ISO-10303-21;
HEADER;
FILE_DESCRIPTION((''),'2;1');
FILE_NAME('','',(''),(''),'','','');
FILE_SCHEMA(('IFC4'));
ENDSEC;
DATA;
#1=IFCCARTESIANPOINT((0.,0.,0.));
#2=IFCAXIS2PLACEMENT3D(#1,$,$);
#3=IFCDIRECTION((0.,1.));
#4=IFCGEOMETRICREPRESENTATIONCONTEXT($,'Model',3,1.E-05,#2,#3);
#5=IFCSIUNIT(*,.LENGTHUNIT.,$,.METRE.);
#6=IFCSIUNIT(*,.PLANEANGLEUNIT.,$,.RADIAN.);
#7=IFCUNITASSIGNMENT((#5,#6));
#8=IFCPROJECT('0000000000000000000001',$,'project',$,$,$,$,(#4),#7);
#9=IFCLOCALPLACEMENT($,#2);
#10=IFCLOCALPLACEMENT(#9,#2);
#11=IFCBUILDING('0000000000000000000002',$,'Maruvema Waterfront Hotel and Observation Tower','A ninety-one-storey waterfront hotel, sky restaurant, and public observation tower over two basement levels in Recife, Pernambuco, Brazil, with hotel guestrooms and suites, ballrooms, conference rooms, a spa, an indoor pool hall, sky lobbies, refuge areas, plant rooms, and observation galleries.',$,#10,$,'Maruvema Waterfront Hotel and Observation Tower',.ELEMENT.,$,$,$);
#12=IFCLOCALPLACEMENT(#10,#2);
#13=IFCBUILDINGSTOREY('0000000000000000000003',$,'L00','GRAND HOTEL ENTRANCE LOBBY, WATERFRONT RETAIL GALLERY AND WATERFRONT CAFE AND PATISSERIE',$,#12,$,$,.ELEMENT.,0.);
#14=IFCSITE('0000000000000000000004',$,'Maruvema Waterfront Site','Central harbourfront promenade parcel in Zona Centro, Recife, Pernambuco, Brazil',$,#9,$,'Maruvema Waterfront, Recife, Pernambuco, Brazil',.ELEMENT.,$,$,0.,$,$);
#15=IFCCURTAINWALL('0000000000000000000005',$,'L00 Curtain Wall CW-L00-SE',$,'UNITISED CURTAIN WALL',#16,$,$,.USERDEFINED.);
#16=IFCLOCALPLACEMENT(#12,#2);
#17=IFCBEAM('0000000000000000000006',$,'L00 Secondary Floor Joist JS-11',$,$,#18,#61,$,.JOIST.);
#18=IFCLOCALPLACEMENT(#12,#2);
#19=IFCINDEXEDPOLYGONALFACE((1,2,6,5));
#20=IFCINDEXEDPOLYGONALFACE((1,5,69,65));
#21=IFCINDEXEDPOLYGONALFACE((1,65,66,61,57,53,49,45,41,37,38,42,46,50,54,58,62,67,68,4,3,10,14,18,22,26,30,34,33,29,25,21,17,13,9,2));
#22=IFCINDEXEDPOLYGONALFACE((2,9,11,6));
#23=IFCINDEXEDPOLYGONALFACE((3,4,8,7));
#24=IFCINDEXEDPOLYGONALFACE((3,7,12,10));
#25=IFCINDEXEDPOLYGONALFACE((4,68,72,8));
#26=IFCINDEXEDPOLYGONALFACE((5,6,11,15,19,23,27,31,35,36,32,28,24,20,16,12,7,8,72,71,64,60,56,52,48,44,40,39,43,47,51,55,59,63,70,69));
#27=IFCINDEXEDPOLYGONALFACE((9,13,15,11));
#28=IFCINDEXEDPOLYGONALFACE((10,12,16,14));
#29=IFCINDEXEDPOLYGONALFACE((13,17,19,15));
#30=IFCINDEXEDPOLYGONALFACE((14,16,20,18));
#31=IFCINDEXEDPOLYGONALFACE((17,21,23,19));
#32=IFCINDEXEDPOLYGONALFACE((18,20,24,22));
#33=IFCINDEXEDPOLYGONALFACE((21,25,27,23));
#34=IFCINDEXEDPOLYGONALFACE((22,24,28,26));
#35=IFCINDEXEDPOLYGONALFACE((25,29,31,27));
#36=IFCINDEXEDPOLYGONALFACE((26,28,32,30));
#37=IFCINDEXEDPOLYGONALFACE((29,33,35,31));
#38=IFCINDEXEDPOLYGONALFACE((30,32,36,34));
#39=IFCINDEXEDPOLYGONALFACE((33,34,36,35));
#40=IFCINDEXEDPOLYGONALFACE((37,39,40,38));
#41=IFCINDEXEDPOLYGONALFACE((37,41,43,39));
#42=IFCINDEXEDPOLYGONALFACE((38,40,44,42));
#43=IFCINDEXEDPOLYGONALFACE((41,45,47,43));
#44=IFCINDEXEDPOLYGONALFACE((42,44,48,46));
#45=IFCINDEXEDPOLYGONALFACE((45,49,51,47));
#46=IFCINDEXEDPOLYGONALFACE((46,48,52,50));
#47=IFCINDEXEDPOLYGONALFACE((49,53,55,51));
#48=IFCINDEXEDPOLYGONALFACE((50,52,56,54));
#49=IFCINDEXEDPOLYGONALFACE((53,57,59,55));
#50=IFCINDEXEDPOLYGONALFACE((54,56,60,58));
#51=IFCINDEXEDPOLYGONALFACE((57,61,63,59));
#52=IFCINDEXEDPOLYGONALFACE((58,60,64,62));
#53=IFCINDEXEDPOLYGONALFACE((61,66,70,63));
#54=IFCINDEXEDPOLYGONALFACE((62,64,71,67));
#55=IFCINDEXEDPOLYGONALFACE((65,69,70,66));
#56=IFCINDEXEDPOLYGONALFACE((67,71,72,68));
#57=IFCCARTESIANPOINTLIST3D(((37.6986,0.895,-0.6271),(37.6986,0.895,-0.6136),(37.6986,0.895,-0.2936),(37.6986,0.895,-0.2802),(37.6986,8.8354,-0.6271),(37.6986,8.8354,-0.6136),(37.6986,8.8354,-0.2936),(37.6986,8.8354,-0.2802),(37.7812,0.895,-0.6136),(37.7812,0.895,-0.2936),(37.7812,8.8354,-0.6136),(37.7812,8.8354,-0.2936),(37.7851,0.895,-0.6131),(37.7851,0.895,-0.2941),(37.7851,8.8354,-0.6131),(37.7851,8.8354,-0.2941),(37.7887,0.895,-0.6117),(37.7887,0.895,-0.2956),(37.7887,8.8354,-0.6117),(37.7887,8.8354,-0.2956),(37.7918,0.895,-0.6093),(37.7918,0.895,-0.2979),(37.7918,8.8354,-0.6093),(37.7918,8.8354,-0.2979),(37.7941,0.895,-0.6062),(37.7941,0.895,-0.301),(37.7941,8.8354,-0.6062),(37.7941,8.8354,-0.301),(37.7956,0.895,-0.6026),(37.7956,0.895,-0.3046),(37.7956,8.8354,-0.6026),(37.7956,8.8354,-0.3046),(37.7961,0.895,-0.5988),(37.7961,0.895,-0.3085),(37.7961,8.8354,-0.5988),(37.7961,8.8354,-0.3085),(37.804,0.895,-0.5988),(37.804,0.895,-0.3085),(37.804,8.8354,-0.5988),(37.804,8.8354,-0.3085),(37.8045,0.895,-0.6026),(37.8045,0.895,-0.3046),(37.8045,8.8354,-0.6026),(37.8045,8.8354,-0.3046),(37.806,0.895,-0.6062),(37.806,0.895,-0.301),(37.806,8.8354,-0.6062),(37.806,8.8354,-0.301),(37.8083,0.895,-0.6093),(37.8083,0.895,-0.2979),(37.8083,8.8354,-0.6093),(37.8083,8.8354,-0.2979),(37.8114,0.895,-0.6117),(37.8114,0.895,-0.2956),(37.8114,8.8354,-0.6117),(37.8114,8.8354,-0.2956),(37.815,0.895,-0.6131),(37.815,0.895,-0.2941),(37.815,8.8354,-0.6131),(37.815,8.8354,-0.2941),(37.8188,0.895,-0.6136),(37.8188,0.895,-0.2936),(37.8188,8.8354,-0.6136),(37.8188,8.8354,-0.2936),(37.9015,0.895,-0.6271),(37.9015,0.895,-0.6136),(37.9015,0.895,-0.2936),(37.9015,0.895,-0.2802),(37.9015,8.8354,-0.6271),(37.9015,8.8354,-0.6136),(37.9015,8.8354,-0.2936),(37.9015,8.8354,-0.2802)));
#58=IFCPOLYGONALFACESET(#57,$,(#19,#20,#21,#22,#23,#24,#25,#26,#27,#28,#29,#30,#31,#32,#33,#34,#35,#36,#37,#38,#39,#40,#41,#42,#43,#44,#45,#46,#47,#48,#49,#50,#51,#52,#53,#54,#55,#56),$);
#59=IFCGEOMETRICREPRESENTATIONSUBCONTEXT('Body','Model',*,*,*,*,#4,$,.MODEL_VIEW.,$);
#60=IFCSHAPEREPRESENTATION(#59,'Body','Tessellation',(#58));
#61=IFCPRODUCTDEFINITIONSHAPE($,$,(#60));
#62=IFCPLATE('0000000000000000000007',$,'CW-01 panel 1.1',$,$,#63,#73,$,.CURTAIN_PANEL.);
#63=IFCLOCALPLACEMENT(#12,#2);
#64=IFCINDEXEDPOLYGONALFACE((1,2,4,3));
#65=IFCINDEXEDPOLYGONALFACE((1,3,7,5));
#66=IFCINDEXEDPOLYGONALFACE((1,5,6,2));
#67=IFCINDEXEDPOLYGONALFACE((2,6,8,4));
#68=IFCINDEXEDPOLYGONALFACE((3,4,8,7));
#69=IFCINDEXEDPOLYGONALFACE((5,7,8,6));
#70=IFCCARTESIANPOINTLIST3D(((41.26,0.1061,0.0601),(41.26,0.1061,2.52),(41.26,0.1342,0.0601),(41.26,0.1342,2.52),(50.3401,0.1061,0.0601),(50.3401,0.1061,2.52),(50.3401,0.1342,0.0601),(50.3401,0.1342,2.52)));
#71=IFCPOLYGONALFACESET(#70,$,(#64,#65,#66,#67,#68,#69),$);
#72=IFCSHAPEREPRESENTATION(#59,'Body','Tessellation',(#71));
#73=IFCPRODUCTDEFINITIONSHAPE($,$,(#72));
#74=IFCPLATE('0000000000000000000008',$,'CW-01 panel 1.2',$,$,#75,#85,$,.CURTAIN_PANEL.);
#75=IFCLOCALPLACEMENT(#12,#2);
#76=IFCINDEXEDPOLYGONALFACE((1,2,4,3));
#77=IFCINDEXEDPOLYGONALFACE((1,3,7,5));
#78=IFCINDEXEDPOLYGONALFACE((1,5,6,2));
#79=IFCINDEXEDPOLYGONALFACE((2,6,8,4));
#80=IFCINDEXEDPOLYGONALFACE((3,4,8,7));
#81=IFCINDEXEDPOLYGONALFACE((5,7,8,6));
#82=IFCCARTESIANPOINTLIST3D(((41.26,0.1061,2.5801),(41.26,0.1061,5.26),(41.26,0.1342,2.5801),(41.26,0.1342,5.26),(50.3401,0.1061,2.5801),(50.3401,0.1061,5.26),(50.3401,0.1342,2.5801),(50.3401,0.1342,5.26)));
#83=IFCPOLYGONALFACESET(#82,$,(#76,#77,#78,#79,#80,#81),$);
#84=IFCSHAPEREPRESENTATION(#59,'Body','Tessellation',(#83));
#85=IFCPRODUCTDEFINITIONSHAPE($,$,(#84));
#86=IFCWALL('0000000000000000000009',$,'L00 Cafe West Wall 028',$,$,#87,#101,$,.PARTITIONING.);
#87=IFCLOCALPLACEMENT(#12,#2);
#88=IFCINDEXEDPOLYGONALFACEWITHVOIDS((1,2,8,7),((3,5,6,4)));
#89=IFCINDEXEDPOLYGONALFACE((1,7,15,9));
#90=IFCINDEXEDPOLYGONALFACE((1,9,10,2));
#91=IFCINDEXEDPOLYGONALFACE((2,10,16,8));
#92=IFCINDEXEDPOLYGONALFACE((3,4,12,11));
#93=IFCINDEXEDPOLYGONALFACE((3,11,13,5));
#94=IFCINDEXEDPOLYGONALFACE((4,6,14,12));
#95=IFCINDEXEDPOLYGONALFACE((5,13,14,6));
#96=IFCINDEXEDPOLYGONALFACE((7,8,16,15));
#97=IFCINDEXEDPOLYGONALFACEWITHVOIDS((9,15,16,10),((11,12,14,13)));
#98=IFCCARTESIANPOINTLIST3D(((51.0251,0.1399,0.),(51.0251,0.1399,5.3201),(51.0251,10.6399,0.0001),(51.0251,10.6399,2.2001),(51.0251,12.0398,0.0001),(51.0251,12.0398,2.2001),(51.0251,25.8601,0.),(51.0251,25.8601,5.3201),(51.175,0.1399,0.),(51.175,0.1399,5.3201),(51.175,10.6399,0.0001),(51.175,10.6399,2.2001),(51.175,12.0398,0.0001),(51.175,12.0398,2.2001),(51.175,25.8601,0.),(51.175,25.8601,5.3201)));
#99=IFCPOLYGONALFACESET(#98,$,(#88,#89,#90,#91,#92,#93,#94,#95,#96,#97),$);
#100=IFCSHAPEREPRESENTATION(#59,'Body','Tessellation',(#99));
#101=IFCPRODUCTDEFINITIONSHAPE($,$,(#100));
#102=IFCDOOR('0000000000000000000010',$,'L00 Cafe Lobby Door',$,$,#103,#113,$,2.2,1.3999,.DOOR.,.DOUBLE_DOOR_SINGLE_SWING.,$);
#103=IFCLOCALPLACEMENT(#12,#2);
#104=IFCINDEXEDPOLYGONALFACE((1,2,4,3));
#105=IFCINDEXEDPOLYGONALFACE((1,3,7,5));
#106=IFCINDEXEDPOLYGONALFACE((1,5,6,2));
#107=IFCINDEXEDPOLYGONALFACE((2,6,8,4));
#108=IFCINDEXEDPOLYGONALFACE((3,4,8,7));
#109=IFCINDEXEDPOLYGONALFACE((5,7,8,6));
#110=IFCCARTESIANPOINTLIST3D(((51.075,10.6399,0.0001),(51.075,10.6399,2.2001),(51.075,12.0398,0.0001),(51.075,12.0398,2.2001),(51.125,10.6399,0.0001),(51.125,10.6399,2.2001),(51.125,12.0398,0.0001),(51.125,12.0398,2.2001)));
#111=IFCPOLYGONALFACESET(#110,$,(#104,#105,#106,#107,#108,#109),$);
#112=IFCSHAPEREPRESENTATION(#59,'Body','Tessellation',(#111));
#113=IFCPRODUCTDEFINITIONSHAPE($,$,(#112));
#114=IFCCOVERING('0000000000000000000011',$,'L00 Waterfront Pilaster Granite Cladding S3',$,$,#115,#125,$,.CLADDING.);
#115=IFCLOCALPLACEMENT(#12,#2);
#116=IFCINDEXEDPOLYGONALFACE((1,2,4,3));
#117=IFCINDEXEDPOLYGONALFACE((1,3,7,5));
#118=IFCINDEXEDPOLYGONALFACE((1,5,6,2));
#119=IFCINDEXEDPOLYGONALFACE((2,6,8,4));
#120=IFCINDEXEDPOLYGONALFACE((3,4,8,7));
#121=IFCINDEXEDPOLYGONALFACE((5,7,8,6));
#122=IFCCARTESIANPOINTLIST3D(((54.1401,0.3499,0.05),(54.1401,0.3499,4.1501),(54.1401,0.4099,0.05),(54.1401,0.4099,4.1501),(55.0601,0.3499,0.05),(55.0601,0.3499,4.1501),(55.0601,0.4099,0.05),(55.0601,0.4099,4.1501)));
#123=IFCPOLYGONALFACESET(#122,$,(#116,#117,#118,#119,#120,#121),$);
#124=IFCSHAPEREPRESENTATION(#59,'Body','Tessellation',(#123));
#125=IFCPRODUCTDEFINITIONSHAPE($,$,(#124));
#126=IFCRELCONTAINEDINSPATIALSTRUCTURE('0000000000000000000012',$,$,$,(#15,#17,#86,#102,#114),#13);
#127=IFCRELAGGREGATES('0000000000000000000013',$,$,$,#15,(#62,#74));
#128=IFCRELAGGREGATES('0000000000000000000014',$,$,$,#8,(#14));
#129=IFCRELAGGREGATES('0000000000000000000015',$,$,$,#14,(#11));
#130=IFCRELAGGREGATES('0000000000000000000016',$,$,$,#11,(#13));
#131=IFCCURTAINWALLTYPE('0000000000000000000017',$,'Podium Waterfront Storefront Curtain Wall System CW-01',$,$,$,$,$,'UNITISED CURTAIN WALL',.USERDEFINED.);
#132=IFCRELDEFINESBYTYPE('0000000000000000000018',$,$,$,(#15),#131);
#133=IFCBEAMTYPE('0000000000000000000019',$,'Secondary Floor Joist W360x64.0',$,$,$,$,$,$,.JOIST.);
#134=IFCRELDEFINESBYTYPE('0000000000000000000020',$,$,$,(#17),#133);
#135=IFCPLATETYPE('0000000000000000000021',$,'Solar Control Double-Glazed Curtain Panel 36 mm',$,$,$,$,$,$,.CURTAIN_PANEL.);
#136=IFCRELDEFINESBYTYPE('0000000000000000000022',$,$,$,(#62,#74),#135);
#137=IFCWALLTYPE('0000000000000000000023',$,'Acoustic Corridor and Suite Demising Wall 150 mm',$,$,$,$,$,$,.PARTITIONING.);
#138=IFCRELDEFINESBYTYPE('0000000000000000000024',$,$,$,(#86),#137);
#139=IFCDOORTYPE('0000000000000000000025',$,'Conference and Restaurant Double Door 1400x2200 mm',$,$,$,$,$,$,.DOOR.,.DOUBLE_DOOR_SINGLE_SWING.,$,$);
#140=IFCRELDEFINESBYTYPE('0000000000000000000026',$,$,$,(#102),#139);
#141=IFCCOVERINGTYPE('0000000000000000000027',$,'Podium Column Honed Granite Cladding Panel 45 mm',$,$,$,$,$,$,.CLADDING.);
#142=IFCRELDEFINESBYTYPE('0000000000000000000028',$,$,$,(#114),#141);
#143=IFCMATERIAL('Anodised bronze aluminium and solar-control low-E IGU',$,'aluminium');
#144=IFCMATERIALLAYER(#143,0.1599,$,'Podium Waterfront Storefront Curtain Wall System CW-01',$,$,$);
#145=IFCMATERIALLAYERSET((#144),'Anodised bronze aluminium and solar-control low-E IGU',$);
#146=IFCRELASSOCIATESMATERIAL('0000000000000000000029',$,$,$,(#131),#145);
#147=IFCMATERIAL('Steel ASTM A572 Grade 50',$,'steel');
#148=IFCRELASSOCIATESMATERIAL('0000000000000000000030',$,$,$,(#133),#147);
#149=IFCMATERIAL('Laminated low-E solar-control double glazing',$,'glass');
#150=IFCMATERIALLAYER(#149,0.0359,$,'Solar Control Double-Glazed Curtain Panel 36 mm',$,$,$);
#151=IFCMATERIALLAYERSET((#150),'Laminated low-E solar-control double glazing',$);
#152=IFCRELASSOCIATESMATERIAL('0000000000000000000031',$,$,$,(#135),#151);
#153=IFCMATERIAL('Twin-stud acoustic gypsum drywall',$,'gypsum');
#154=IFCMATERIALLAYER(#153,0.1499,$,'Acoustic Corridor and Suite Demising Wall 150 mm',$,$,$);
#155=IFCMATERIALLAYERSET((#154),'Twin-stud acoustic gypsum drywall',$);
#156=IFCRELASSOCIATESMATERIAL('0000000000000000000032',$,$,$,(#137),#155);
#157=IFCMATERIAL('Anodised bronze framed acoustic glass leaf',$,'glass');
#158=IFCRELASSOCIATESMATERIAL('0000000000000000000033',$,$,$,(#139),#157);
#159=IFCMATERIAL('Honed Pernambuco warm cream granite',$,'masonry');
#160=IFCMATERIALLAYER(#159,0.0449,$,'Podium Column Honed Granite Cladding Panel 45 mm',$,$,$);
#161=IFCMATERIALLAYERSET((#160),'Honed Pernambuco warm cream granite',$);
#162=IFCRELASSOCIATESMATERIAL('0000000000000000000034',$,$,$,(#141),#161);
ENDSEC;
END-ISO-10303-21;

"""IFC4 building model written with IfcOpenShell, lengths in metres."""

from ifc_helpers import new_model, si_unit, direction, frame, frame_2d, origin, origin_2d, place, context, subcontext, project, spatial, rectangle, i_section, extrude, material, layer, layer_set, material_profile, profile_set, type_object, element, fill, aggregate, save


model = new_model("IFC4")

# Units and contexts
model_context = context("Model", 3, precision=1e-05, world=origin(), true_north=direction((0.0, 1.0)))
body_context = subcontext(model_context, "Body", "Model", "MODEL_VIEW")
ifc_project = project(units=[si_unit("LENGTHUNIT", "METRE"), si_unit("PLANEANGLEUNIT", "RADIAN")], contexts=[model_context])

# Site, building, storey
site_placement = place(None, origin())
site = spatial("IfcSite", under=ifc_project, at=site_placement, Name="Maruvema Waterfront Site", Description="Central harbourfront promenade parcel in Zona Centro, Recife, Pernambuco, Brazil", LongName="Maruvema Waterfront, Recife, Pernambuco, Brazil", CompositionType="ELEMENT", RefElevation=0.0)
building_placement = place(site_placement, origin())
building = spatial("IfcBuilding", under=site, at=building_placement, Name="Maruvema Waterfront Hotel and Observation Tower", Description="A ninety-one-storey waterfront hotel, sky restaurant, and public observation tower over two basement levels in Recife, Pernambuco, Brazil, with hotel guestrooms and suites, ballrooms, conference rooms, a spa, an indoor pool hall, sky lobbies, refuge areas, plant rooms, and observation galleries.", LongName="Maruvema Waterfront Hotel and Observation Tower", CompositionType="ELEMENT")
storey_placement = place(building_placement, origin())
storey = spatial("IfcBuildingStorey", under=building, at=storey_placement, Name="L00", Description="GRAND HOTEL ENTRANCE LOBBY, WATERFRONT RETAIL GALLERY AND WATERFRONT CAFE AND PATISSERIE", CompositionType="ELEMENT", Elevation=0.0)

# Curtain wall
ifc_material_1 = material(Name="Anodised bronze aluminium and solar-control low-E IGU", Category="aluminium")
ifc_layer_1 = layer(ifc_material_1, 0.1599, Name="Podium Waterfront Storefront Curtain Wall System CW-01")
ifc_layer_set_1 = layer_set([ifc_layer_1], Name="Anodised bronze aluminium and solar-control low-E IGU")
curtain_wall_type = type_object("IfcCurtainWallType", Name="Podium Waterfront Storefront Curtain Wall System CW-01", ElementType="UNITISED CURTAIN WALL", PredefinedType="USERDEFINED", material=ifc_layer_set_1)
curtain_wall_placement = place(storey_placement, origin())
curtain_wall = element("IfcCurtainWall", 1, at=curtain_wall_placement, inside=storey, type_object=curtain_wall_type, Name="L00 Curtain Wall CW-L00-SE", ObjectType="UNITISED CURTAIN WALL", PredefinedType="USERDEFINED")

# Beam
ifc_material_2 = material(Name="Steel ASTM A572 Grade 50", Category="steel")
ifc_material_profile_1 = material_profile(ifc_material_2, i_section(OverallWidth=0.2029, OverallDepth=0.3469, WebThickness=0.0078, FlangeThickness=0.0134, FilletRadius=0.0149, at=origin_2d()), Name="W360x64.0")
ifc_profile_set_1 = profile_set([ifc_material_profile_1], Name="Steel ASTM A572 Grade 50")
beam_type_1 = type_object("IfcBeamType", Name="Secondary Floor Joist W360x64.0", PredefinedType="JOIST", material=ifc_profile_set_1)
beam_1_placement = place(storey_placement, frame((37.8, 0.895, -0.4536), z_axis=(0.0, 1.0, 0.0), x_axis=(-1.0, 0.0, 0.0)))
element("IfcBeam", 2, at=beam_1_placement, inside=storey, type_object=beam_type_1, Name="L00 Secondary Floor Joist JS-11", PredefinedType="JOIST", context=body_context, shape_type="SweptSolid", body=[
    extrude(i_section(OverallWidth=0.2029, OverallDepth=0.3469, WebThickness=0.0078, FlangeThickness=0.0134, FilletRadius=0.0149, at=origin_2d()), origin(), (0.0, 0.0, 1.0), 7.9404),
])

# Plates
ifc_material_3 = material(Name="Laminated low-E solar-control double glazing", Category="glass")
ifc_layer_2 = layer(ifc_material_3, 0.0359, Name="Solar Control Double-Glazed Curtain Panel 36 mm")
ifc_layer_set_2 = layer_set([ifc_layer_2], Name="Laminated low-E solar-control double glazing")
plate_type = type_object("IfcPlateType", Name="Solar Control Double-Glazed Curtain Panel 36 mm", PredefinedType="CURTAIN_PANEL", material=ifc_layer_set_2)
plate_1_placement = place(storey_placement, frame((45.8, 0.1201, 0.0601), z_axis=(0.0, 0.0, 1.0), x_axis=(1.0, 0.0, 0.0)))
plate_1 = element("IfcPlate", 3, at=plate_1_placement, type_object=plate_type, Name="CW-01 panel 1.1", PredefinedType="CURTAIN_PANEL", context=body_context, shape_type="SweptSolid", body=[
    extrude(rectangle(XDim=9.0801, YDim=0.0281, at=origin_2d()), origin(), (0.0, 0.0, 1.0), 2.46),
])
plate_2_placement = place(storey_placement, frame((45.8, 0.1201, 2.5801), z_axis=(0.0, 0.0, 1.0), x_axis=(1.0, 0.0, 0.0)))
plate_2 = element("IfcPlate", 4, at=plate_2_placement, type_object=plate_type, Name="CW-01 panel 1.2", PredefinedType="CURTAIN_PANEL", context=body_context, shape_type="SweptSolid", body=[
    extrude(rectangle(XDim=9.0801, YDim=0.0281, at=origin_2d()), origin(), (0.0, 0.0, 1.0), 2.6799),
])
aggregate(curtain_wall, [plate_1, plate_2])

# Wall, opening, door
ifc_material_4 = material(Name="Twin-stud acoustic gypsum drywall", Category="gypsum")
ifc_layer_3 = layer(ifc_material_4, 0.1499, Name="Acoustic Corridor and Suite Demising Wall 150 mm")
ifc_layer_set_3 = layer_set([ifc_layer_3], Name="Twin-stud acoustic gypsum drywall")
wall_type_1 = type_object("IfcWallType", Name="Acoustic Corridor and Suite Demising Wall 150 mm", PredefinedType="PARTITIONING", material=ifc_layer_set_3)
wall_1_placement = place(storey_placement, frame((51.1001, 0.1399, 0.0), z_axis=(0.0, 0.0, 1.0), x_axis=(0.0, 1.0, 0.0)))
wall_1 = element("IfcWall", 5, at=wall_1_placement, inside=storey, type_object=wall_type_1, Name="L00 Cafe West Wall 028", PredefinedType="PARTITIONING", context=body_context, shape_type="SweptSolid", body=[
    extrude(rectangle(XDim=25.7202, YDim=0.1499, at=frame_2d((12.8601, 0.0))), origin(), (0.0, 0.0, 1.0), 5.3201),
])
opening_1_placement = place(wall_1_placement, frame((10.5, 0.0, 0.0)))
opening_1 = element("IfcOpeningElement", 6, at=opening_1_placement, cuts=wall_1, PredefinedType="OPENING", context=body_context, shape_type="SweptSolid", body=[
    extrude(rectangle(XDim=1.3999, YDim=2.2, at=frame_2d((0.7, 1.1001))), frame((0.0, 0.085, 0.0), z_axis=(0.0, -1.0, 0.0), x_axis=(1.0, 0.0, 0.0)), (0.0, 0.0, 1.0), 0.1699),
])
ifc_material_5 = material(Name="Anodised bronze framed acoustic glass leaf", Category="glass")
door_type_1 = type_object("IfcDoorType", Name="Conference and Restaurant Double Door 1400x2200 mm", OperationType="DOUBLE_DOOR_SINGLE_SWING", PredefinedType="DOOR", material=ifc_material_5)
door_1_placement = place(opening_1_placement, frame((1.3999, 0.0, 0.0), z_axis=(0.0, 0.0, 1.0), x_axis=(-1.0, 0.0, 0.0)))
door_1 = element("IfcDoor", 7, at=door_1_placement, inside=storey, type_object=door_type_1, Name="L00 Cafe Lobby Door", OperationType="DOUBLE_DOOR_SINGLE_SWING", OverallHeight=2.2, OverallWidth=1.3999, PredefinedType="DOOR", context=body_context, shape_type="SweptSolid", body=[
    extrude(rectangle(XDim=1.3999, YDim=2.2, at=frame_2d((0.7, 1.1001))), frame((0.0, 0.0249, 0.0), z_axis=(0.0, -1.0, 0.0), x_axis=(1.0, 0.0, 0.0)), (0.0, 0.0, 1.0), 0.05),
])
fill(opening_1, door_1)

# Covering
ifc_material_6 = material(Name="Honed Pernambuco warm cream granite", Category="masonry")
ifc_layer_4 = layer(ifc_material_6, 0.0449, Name="Podium Column Honed Granite Cladding Panel 45 mm")
ifc_layer_set_4 = layer_set([ifc_layer_4], Name="Honed Pernambuco warm cream granite")
covering_type = type_object("IfcCoveringType", Name="Podium Column Honed Granite Cladding Panel 45 mm", PredefinedType="CLADDING", material=ifc_layer_set_4)
covering_placement = place(storey_placement, frame((54.6001, 0.3799, 0.05), z_axis=(0.0, 0.0, 1.0), x_axis=(1.0, 0.0, 0.0)))
element("IfcCovering", 8, at=covering_placement, inside=storey, type_object=covering_type, Name="L00 Waterfront Pilaster Granite Cladding S3", PredefinedType="CLADDING", context=body_context, shape_type="SweptSolid", body=[
    extrude(rectangle(XDim=0.9199, YDim=0.0601, at=origin_2d()), origin(), (0.0, 0.0, 1.0), 4.1001),
])

save(model, "model.ifc")
